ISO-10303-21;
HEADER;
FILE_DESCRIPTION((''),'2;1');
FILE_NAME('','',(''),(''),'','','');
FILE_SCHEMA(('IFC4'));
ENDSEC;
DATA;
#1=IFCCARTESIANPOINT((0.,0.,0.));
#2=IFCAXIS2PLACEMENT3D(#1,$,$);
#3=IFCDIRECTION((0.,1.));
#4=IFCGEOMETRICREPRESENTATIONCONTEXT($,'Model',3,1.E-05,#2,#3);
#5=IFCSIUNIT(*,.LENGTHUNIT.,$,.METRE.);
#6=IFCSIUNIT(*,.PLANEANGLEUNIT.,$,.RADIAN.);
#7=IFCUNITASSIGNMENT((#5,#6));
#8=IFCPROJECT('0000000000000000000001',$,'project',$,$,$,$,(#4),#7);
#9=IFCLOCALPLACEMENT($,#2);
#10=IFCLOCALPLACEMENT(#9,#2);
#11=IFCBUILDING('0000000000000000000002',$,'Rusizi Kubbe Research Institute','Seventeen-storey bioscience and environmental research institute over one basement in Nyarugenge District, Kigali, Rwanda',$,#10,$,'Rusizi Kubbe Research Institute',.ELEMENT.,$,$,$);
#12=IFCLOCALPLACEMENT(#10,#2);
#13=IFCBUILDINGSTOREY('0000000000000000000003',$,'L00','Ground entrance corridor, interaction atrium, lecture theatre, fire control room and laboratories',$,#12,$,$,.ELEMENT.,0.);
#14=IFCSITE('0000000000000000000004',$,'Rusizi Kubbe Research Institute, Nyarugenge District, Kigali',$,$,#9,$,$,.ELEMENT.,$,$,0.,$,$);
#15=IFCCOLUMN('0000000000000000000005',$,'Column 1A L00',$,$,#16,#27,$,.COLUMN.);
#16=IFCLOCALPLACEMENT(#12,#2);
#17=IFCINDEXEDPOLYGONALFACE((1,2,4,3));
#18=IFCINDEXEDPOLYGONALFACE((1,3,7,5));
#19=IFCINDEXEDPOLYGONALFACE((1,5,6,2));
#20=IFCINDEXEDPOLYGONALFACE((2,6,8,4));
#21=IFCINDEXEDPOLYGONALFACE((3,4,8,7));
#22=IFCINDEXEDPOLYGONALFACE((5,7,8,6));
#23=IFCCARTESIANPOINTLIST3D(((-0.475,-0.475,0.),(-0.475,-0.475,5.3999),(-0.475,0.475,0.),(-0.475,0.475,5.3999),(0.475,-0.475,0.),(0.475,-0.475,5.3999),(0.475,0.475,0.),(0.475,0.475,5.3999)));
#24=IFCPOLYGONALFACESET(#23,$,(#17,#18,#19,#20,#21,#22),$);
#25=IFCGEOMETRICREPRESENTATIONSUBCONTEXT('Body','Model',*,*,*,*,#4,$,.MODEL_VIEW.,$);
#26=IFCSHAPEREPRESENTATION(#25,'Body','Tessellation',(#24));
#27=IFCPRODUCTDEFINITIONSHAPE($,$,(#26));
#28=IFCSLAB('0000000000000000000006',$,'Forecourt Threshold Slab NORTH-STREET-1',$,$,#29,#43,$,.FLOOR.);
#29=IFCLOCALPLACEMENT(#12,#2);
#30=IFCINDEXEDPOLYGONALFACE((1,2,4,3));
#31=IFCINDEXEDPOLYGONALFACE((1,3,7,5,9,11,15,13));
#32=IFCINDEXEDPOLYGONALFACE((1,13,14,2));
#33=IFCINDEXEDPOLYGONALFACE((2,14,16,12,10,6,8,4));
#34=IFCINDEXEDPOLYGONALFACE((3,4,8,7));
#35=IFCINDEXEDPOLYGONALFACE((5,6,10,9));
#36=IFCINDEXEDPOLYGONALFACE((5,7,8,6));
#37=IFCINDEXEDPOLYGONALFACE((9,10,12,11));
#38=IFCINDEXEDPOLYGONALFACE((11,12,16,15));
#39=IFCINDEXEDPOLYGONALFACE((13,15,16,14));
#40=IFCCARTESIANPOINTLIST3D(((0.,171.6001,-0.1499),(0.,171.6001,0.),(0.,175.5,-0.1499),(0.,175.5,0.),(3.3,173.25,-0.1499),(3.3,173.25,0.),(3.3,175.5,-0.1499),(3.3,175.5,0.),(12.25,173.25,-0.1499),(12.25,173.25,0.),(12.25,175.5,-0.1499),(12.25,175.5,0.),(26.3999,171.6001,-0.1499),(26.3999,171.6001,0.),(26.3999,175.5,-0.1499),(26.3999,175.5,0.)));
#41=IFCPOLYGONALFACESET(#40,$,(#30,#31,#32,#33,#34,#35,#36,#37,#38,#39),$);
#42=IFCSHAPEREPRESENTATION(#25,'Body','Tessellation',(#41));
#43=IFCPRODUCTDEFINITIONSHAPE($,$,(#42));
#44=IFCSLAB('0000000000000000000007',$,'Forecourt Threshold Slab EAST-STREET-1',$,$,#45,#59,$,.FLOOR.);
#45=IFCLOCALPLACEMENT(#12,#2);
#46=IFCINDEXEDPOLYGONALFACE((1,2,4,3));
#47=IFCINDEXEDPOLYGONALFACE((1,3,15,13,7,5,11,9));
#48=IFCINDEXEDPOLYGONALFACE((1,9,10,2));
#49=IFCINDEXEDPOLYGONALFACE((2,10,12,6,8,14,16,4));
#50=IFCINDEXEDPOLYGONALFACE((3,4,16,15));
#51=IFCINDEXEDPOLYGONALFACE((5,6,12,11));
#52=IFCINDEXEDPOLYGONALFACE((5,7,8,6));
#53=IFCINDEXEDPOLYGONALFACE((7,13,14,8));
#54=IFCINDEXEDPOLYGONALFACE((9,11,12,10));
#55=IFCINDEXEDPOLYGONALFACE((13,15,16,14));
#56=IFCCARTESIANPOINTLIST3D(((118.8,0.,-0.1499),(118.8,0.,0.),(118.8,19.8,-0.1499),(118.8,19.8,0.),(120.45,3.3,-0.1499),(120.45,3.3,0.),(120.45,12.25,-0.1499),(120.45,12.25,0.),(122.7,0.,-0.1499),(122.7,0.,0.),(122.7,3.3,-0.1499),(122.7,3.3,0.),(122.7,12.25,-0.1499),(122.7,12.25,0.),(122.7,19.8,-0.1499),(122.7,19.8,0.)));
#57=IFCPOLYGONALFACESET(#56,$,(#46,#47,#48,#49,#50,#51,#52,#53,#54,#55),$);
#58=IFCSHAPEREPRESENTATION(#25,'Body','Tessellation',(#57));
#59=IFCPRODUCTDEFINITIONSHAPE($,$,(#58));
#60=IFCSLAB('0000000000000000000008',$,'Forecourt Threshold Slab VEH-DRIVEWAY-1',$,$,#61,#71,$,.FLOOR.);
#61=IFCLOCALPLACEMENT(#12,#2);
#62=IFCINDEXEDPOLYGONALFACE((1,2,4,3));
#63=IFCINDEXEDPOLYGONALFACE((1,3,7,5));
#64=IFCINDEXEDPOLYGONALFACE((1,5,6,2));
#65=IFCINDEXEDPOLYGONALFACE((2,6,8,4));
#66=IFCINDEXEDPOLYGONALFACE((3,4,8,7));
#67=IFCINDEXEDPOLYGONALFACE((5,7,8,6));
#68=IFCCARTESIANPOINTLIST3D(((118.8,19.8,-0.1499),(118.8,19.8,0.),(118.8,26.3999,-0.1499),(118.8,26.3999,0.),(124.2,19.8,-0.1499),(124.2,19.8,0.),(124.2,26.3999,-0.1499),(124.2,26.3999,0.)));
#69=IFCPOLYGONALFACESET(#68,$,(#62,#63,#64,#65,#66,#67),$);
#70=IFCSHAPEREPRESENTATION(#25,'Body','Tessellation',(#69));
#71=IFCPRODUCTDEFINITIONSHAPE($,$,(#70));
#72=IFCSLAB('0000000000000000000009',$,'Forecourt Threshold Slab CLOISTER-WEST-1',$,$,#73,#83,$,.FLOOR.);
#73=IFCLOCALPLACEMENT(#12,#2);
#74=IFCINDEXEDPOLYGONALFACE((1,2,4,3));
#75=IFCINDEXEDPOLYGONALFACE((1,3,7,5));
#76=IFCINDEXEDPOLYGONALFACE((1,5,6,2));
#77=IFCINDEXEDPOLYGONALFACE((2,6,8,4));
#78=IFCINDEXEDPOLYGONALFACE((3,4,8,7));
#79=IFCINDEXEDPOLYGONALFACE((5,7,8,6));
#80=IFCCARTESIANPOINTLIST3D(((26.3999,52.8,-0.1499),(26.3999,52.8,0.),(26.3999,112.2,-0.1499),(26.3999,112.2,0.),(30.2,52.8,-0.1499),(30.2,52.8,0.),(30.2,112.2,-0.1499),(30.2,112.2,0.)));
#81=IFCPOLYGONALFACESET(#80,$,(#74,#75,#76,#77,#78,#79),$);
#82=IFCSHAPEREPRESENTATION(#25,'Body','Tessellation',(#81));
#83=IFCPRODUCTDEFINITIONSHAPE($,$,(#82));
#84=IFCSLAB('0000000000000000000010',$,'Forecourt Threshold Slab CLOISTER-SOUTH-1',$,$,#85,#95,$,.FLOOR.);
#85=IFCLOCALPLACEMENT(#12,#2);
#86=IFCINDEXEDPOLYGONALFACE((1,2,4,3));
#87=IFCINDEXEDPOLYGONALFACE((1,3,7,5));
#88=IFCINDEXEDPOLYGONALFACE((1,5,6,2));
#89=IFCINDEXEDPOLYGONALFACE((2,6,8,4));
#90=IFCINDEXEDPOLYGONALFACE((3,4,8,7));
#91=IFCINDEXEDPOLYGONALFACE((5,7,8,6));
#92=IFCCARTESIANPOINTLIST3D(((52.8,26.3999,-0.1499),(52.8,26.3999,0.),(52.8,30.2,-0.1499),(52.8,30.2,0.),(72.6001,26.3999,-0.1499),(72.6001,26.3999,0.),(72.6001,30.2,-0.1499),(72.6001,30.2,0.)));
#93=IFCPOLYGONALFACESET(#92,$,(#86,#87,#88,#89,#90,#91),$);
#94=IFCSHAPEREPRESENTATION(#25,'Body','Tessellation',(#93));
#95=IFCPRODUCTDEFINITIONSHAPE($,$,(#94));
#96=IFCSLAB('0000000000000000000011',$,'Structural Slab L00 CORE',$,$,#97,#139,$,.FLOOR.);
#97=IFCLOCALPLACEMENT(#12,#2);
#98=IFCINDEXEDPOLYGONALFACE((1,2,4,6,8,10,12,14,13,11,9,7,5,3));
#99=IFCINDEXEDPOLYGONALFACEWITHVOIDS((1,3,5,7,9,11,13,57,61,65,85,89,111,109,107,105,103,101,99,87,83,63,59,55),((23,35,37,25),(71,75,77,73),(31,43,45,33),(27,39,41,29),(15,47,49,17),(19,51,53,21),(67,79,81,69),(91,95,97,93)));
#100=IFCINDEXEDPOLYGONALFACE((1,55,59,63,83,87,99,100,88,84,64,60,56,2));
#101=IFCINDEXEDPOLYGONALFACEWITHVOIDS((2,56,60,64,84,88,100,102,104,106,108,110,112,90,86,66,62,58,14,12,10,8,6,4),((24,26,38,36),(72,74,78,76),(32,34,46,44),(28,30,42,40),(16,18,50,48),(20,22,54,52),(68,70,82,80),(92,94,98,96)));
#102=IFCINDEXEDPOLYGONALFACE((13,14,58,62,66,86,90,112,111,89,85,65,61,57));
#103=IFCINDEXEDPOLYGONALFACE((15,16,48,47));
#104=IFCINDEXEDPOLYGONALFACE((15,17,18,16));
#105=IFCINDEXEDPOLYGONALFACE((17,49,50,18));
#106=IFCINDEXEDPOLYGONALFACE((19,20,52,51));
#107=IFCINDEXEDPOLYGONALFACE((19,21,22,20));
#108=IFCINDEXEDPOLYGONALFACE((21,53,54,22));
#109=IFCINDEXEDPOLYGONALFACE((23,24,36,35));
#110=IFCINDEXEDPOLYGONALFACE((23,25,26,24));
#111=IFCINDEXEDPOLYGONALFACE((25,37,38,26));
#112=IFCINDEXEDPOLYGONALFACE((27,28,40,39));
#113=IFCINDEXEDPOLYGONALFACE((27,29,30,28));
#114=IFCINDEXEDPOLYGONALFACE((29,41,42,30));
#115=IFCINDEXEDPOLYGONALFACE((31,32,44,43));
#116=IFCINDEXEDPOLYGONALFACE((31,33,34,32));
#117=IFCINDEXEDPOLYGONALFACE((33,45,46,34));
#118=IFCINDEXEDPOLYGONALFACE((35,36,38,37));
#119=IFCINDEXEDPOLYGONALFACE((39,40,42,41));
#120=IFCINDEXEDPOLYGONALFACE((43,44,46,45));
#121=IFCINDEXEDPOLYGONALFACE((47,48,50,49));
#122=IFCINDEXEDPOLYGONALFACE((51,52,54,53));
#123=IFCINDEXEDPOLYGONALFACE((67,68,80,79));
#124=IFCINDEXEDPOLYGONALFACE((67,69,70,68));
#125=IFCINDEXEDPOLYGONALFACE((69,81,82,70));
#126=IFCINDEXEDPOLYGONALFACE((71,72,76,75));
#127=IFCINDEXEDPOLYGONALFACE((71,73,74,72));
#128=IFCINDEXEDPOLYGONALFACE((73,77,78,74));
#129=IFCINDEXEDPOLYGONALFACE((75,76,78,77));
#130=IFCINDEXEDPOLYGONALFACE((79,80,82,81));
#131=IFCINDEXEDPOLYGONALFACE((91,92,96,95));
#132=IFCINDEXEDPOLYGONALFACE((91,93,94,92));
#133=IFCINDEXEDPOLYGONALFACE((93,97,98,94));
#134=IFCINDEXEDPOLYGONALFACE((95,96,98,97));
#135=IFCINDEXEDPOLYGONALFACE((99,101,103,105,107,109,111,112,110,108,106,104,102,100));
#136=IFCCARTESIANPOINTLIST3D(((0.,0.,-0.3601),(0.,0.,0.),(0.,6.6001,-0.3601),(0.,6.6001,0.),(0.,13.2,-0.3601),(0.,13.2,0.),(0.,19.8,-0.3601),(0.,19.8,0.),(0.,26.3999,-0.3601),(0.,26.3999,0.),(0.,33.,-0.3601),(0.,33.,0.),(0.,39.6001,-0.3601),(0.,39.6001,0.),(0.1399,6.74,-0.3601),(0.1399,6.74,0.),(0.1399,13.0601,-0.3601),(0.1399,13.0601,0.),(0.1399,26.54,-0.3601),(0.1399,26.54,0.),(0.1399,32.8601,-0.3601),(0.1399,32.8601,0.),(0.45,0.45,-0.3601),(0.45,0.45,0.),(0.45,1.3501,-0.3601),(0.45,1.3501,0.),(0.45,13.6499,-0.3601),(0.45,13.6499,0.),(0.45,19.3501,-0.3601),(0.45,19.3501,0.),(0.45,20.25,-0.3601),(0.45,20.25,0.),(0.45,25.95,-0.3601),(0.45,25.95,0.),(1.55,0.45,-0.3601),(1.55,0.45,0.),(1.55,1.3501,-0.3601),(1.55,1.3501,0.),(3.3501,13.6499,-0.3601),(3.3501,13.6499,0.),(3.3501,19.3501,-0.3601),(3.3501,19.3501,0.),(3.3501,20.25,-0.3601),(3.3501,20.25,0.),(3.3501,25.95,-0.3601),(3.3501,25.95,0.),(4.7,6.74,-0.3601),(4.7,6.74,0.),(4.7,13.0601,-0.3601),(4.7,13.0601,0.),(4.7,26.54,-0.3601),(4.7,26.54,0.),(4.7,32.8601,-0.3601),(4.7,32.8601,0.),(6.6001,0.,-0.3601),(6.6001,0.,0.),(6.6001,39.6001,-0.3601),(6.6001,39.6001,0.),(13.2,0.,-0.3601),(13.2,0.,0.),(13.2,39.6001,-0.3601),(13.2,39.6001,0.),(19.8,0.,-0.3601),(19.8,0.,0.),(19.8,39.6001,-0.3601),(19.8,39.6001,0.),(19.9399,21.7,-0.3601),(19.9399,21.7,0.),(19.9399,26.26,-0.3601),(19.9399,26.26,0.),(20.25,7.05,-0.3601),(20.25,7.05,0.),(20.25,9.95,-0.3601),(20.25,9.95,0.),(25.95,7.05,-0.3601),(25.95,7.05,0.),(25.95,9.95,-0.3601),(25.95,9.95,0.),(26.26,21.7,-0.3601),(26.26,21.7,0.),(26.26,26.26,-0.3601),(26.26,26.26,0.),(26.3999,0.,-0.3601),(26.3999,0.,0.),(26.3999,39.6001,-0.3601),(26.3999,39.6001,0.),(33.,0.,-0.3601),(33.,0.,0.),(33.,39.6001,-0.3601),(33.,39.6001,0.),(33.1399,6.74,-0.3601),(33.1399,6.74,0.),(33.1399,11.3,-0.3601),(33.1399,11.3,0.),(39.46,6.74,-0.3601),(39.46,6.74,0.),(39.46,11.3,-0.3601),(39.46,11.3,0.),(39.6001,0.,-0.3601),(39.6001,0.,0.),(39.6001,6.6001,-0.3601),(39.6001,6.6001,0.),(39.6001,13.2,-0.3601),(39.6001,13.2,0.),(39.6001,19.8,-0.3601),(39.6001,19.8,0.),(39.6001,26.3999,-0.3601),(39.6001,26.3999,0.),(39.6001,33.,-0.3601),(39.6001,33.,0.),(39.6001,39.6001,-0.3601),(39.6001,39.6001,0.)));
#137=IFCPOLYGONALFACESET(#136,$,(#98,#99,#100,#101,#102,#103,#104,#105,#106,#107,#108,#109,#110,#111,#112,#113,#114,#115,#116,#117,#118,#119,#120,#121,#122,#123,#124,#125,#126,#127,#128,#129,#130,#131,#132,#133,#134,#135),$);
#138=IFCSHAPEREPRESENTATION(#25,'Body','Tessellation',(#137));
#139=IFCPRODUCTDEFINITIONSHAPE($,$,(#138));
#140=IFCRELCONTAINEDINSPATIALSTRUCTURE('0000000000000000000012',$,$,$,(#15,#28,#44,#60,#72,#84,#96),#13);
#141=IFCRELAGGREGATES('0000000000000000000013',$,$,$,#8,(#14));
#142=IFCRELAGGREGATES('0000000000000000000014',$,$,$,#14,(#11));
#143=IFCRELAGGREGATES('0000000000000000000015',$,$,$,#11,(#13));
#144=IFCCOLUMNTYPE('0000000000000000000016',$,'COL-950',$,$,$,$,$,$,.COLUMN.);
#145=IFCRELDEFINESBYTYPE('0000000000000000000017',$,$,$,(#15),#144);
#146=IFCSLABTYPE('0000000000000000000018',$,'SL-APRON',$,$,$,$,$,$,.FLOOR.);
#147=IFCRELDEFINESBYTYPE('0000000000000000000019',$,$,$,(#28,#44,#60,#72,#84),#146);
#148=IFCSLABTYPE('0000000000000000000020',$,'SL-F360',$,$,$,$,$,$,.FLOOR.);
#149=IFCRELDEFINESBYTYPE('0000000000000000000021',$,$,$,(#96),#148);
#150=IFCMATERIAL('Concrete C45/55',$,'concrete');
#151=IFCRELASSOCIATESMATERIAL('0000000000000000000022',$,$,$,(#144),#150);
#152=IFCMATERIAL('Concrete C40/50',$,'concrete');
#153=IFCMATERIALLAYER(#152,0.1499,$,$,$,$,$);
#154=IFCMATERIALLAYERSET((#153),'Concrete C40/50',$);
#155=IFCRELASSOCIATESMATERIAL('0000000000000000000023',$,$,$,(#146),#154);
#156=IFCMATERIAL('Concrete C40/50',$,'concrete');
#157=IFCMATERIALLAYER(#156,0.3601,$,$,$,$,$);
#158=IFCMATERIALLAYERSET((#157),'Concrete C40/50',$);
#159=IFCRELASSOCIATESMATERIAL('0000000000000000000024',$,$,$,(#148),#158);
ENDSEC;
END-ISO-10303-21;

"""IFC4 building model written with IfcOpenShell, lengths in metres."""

from ifc_helpers import new_model, si_unit, direction, frame, origin, origin_with_axes, origin_2d, place, context, subcontext, project, spatial, polyline, rectangle, outline, extrude, material, layer, layer_set, material_profile, profile_set, type_object, element, save


model = new_model("IFC4")

# Units and contexts
model_context = context("Model", 3, precision=1e-05, world=origin(), true_north=direction((0.0, 1.0)))
body_context = subcontext(model_context, "Body", "Model", "MODEL_VIEW")
ifc_project = project(units=[si_unit("LENGTHUNIT", "METRE"), si_unit("PLANEANGLEUNIT", "RADIAN")], contexts=[model_context])

# Site, building, storey
site_placement = place(None, origin())
site = spatial("IfcSite", under=ifc_project, at=site_placement, Name="Rusizi Kubbe Research Institute, Nyarugenge District, Kigali", CompositionType="ELEMENT", RefElevation=0.0)
building_placement = place(site_placement, origin())
building = spatial("IfcBuilding", under=site, at=building_placement, Name="Rusizi Kubbe Research Institute", Description="Seventeen-storey bioscience and environmental research institute over one basement in Nyarugenge District, Kigali, Rwanda", LongName="Rusizi Kubbe Research Institute", CompositionType="ELEMENT")
storey_placement = place(building_placement, origin())
storey = spatial("IfcBuildingStorey", under=building, at=storey_placement, Name="L00", Description="Ground entrance corridor, interaction atrium, lecture theatre, fire control room and laboratories", CompositionType="ELEMENT", Elevation=0.0)

# Column
ifc_material_1 = material(Name="Concrete C45/55", Category="concrete")
ifc_material_profile = material_profile(ifc_material_1, rectangle(XDim=0.95, YDim=0.95, at=origin_2d()), Name="RC950x950")
ifc_profile_set = profile_set([ifc_material_profile], Name="Concrete C45/55")
column_type = type_object("IfcColumnType", Name="COL-950", PredefinedType="COLUMN", material=ifc_profile_set)
column_placement = place(storey_placement, origin_with_axes())
element("IfcColumn", 1, at=column_placement, inside=storey, type_object=column_type, Name="Column 1A L00", PredefinedType="COLUMN", context=body_context, shape_type="SweptSolid", body=[
    extrude(rectangle(XDim=0.95, YDim=0.95, at=origin_2d()), origin(), (0.0, 0.0, 1.0), 5.3999),
])

# Slabs
ifc_material_2 = material(Name="Concrete C40/50", Category="concrete")
ifc_layer_1 = layer(ifc_material_2, 0.1499)
ifc_layer_set_1 = layer_set([ifc_layer_1], Name="Concrete C40/50")
slab_type_1 = type_object("IfcSlabType", Name="SL-APRON", PredefinedType="FLOOR", material=ifc_layer_set_1)
slab_1_placement = place(storey_placement, frame((0.0, 0.0, -0.1499)))
element("IfcSlab", 2, at=slab_1_placement, inside=storey, type_object=slab_type_1, Name="Forecourt Threshold Slab NORTH-STREET-1", PredefinedType="FLOOR", context=body_context, shape_type="SweptSolid", body=[
    extrude(outline(polyline([(26.3999, 175.5), (26.3999, 171.6001), (0.0, 171.6001), (0.0, 175.5), (3.3, 175.5), (3.3, 173.25), (12.25, 173.25), (12.25, 175.5), (26.3999, 175.5)])), origin(), (0.0, 0.0, 1.0), 0.1499),
])
slab_2_placement = place(storey_placement, frame((0.0, 0.0, -0.1499)))
element("IfcSlab", 3, at=slab_2_placement, inside=storey, type_object=slab_type_1, Name="Forecourt Threshold Slab EAST-STREET-1", PredefinedType="FLOOR", context=body_context, shape_type="SweptSolid", body=[
    extrude(outline(polyline([(122.7, 0.0), (118.8, 0.0), (118.8, 19.8), (122.7, 19.8), (122.7, 12.25), (120.45, 12.25), (120.45, 3.3), (122.7, 3.3), (122.7, 0.0)])), origin(), (0.0, 0.0, 1.0), 0.1499),
])
slab_3_placement = place(storey_placement, frame((0.0, 0.0, -0.1499)))
element("IfcSlab", 4, at=slab_3_placement, inside=storey, type_object=slab_type_1, Name="Forecourt Threshold Slab VEH-DRIVEWAY-1", PredefinedType="FLOOR", context=body_context, shape_type="SweptSolid", body=[
    extrude(outline(polyline([(118.8, 19.8), (118.8, 26.3999), (124.2, 26.3999), (124.2, 19.8), (118.8, 19.8)])), origin(), (0.0, 0.0, 1.0), 0.1499),
])
slab_4_placement = place(storey_placement, frame((0.0, 0.0, -0.1499)))
element("IfcSlab", 5, at=slab_4_placement, inside=storey, type_object=slab_type_1, Name="Forecourt Threshold Slab CLOISTER-WEST-1", PredefinedType="FLOOR", context=body_context, shape_type="SweptSolid", body=[
    extrude(outline(polyline([(26.3999, 52.8), (26.3999, 112.2), (30.2, 112.2), (30.2, 52.8), (26.3999, 52.8)])), origin(), (0.0, 0.0, 1.0), 0.1499),
])
slab_5_placement = place(storey_placement, frame((0.0, 0.0, -0.1499)))
element("IfcSlab", 6, at=slab_5_placement, inside=storey, type_object=slab_type_1, Name="Forecourt Threshold Slab CLOISTER-SOUTH-1", PredefinedType="FLOOR", context=body_context, shape_type="SweptSolid", body=[
    extrude(outline(polyline([(52.8, 26.3999), (52.8, 30.2), (72.6001, 30.2), (72.6001, 26.3999), (52.8, 26.3999)])), origin(), (0.0, 0.0, 1.0), 0.1499),
])
ifc_material_3 = material(Name="Concrete C40/50", Category="concrete")
ifc_layer_2 = layer(ifc_material_3, 0.3601)
ifc_layer_set_2 = layer_set([ifc_layer_2], Name="Concrete C40/50")
slab_type_2 = type_object("IfcSlabType", Name="SL-F360", PredefinedType="FLOOR", material=ifc_layer_set_2)
slab_6_placement = place(storey_placement, frame((0.0, 0.0, -0.3601)))
element("IfcSlab", 7, at=slab_6_placement, inside=storey, type_object=slab_type_2, Name="Structural Slab L00 CORE", PredefinedType="FLOOR", context=body_context, shape_type="SweptSolid", body=[
    extrude(outline(polyline([(6.6001, 0.0), (0.0, 0.0), (0.0, 6.6001), (0.0, 13.2), (0.0, 19.8), (0.0, 26.3999), (0.0, 33.0), (0.0, 39.6001), (6.6001, 39.6001), (13.2, 39.6001), (19.8, 39.6001), (26.3999, 39.6001), (33.0, 39.6001), (39.6001, 39.6001), (39.6001, 33.0), (39.6001, 26.3999), (39.6001, 19.8), (39.6001, 13.2), (39.6001, 6.6001), (39.6001, 0.0), (33.0, 0.0), (26.3999, 0.0), (19.8, 0.0), (13.2, 0.0), (6.6001, 0.0)]), holes=[polyline([(0.45, 1.3501), (0.45, 0.45), (1.55, 0.45), (1.55, 1.3501), (0.45, 1.3501)]), polyline([(4.7, 13.0601), (0.1399, 13.0601), (0.1399, 6.74), (4.7, 6.74), (4.7, 13.0601)]), polyline([(3.3501, 19.3501), (0.45, 19.3501), (0.45, 13.6499), (3.3501, 13.6499), (3.3501, 19.3501)]), polyline([(0.45, 25.95), (0.45, 20.25), (3.3501, 20.25), (3.3501, 25.95), (0.45, 25.95)]), polyline([(4.7, 32.8601), (0.1399, 32.8601), (0.1399, 26.54), (4.7, 26.54), (4.7, 32.8601)]), polyline([(20.25, 9.95), (20.25, 7.05), (25.95, 7.05), (25.95, 9.95), (20.25, 9.95)]), polyline([(39.46, 11.3), (33.1399, 11.3), (33.1399, 6.74), (39.46, 6.74), (39.46, 11.3)]), polyline([(26.26, 26.26), (19.9399, 26.26), (19.9399, 21.7), (26.26, 21.7), (26.26, 26.26)])]), origin(), (0.0, 0.0, 1.0), 0.3601),
])

save(model, "model.ifc")
